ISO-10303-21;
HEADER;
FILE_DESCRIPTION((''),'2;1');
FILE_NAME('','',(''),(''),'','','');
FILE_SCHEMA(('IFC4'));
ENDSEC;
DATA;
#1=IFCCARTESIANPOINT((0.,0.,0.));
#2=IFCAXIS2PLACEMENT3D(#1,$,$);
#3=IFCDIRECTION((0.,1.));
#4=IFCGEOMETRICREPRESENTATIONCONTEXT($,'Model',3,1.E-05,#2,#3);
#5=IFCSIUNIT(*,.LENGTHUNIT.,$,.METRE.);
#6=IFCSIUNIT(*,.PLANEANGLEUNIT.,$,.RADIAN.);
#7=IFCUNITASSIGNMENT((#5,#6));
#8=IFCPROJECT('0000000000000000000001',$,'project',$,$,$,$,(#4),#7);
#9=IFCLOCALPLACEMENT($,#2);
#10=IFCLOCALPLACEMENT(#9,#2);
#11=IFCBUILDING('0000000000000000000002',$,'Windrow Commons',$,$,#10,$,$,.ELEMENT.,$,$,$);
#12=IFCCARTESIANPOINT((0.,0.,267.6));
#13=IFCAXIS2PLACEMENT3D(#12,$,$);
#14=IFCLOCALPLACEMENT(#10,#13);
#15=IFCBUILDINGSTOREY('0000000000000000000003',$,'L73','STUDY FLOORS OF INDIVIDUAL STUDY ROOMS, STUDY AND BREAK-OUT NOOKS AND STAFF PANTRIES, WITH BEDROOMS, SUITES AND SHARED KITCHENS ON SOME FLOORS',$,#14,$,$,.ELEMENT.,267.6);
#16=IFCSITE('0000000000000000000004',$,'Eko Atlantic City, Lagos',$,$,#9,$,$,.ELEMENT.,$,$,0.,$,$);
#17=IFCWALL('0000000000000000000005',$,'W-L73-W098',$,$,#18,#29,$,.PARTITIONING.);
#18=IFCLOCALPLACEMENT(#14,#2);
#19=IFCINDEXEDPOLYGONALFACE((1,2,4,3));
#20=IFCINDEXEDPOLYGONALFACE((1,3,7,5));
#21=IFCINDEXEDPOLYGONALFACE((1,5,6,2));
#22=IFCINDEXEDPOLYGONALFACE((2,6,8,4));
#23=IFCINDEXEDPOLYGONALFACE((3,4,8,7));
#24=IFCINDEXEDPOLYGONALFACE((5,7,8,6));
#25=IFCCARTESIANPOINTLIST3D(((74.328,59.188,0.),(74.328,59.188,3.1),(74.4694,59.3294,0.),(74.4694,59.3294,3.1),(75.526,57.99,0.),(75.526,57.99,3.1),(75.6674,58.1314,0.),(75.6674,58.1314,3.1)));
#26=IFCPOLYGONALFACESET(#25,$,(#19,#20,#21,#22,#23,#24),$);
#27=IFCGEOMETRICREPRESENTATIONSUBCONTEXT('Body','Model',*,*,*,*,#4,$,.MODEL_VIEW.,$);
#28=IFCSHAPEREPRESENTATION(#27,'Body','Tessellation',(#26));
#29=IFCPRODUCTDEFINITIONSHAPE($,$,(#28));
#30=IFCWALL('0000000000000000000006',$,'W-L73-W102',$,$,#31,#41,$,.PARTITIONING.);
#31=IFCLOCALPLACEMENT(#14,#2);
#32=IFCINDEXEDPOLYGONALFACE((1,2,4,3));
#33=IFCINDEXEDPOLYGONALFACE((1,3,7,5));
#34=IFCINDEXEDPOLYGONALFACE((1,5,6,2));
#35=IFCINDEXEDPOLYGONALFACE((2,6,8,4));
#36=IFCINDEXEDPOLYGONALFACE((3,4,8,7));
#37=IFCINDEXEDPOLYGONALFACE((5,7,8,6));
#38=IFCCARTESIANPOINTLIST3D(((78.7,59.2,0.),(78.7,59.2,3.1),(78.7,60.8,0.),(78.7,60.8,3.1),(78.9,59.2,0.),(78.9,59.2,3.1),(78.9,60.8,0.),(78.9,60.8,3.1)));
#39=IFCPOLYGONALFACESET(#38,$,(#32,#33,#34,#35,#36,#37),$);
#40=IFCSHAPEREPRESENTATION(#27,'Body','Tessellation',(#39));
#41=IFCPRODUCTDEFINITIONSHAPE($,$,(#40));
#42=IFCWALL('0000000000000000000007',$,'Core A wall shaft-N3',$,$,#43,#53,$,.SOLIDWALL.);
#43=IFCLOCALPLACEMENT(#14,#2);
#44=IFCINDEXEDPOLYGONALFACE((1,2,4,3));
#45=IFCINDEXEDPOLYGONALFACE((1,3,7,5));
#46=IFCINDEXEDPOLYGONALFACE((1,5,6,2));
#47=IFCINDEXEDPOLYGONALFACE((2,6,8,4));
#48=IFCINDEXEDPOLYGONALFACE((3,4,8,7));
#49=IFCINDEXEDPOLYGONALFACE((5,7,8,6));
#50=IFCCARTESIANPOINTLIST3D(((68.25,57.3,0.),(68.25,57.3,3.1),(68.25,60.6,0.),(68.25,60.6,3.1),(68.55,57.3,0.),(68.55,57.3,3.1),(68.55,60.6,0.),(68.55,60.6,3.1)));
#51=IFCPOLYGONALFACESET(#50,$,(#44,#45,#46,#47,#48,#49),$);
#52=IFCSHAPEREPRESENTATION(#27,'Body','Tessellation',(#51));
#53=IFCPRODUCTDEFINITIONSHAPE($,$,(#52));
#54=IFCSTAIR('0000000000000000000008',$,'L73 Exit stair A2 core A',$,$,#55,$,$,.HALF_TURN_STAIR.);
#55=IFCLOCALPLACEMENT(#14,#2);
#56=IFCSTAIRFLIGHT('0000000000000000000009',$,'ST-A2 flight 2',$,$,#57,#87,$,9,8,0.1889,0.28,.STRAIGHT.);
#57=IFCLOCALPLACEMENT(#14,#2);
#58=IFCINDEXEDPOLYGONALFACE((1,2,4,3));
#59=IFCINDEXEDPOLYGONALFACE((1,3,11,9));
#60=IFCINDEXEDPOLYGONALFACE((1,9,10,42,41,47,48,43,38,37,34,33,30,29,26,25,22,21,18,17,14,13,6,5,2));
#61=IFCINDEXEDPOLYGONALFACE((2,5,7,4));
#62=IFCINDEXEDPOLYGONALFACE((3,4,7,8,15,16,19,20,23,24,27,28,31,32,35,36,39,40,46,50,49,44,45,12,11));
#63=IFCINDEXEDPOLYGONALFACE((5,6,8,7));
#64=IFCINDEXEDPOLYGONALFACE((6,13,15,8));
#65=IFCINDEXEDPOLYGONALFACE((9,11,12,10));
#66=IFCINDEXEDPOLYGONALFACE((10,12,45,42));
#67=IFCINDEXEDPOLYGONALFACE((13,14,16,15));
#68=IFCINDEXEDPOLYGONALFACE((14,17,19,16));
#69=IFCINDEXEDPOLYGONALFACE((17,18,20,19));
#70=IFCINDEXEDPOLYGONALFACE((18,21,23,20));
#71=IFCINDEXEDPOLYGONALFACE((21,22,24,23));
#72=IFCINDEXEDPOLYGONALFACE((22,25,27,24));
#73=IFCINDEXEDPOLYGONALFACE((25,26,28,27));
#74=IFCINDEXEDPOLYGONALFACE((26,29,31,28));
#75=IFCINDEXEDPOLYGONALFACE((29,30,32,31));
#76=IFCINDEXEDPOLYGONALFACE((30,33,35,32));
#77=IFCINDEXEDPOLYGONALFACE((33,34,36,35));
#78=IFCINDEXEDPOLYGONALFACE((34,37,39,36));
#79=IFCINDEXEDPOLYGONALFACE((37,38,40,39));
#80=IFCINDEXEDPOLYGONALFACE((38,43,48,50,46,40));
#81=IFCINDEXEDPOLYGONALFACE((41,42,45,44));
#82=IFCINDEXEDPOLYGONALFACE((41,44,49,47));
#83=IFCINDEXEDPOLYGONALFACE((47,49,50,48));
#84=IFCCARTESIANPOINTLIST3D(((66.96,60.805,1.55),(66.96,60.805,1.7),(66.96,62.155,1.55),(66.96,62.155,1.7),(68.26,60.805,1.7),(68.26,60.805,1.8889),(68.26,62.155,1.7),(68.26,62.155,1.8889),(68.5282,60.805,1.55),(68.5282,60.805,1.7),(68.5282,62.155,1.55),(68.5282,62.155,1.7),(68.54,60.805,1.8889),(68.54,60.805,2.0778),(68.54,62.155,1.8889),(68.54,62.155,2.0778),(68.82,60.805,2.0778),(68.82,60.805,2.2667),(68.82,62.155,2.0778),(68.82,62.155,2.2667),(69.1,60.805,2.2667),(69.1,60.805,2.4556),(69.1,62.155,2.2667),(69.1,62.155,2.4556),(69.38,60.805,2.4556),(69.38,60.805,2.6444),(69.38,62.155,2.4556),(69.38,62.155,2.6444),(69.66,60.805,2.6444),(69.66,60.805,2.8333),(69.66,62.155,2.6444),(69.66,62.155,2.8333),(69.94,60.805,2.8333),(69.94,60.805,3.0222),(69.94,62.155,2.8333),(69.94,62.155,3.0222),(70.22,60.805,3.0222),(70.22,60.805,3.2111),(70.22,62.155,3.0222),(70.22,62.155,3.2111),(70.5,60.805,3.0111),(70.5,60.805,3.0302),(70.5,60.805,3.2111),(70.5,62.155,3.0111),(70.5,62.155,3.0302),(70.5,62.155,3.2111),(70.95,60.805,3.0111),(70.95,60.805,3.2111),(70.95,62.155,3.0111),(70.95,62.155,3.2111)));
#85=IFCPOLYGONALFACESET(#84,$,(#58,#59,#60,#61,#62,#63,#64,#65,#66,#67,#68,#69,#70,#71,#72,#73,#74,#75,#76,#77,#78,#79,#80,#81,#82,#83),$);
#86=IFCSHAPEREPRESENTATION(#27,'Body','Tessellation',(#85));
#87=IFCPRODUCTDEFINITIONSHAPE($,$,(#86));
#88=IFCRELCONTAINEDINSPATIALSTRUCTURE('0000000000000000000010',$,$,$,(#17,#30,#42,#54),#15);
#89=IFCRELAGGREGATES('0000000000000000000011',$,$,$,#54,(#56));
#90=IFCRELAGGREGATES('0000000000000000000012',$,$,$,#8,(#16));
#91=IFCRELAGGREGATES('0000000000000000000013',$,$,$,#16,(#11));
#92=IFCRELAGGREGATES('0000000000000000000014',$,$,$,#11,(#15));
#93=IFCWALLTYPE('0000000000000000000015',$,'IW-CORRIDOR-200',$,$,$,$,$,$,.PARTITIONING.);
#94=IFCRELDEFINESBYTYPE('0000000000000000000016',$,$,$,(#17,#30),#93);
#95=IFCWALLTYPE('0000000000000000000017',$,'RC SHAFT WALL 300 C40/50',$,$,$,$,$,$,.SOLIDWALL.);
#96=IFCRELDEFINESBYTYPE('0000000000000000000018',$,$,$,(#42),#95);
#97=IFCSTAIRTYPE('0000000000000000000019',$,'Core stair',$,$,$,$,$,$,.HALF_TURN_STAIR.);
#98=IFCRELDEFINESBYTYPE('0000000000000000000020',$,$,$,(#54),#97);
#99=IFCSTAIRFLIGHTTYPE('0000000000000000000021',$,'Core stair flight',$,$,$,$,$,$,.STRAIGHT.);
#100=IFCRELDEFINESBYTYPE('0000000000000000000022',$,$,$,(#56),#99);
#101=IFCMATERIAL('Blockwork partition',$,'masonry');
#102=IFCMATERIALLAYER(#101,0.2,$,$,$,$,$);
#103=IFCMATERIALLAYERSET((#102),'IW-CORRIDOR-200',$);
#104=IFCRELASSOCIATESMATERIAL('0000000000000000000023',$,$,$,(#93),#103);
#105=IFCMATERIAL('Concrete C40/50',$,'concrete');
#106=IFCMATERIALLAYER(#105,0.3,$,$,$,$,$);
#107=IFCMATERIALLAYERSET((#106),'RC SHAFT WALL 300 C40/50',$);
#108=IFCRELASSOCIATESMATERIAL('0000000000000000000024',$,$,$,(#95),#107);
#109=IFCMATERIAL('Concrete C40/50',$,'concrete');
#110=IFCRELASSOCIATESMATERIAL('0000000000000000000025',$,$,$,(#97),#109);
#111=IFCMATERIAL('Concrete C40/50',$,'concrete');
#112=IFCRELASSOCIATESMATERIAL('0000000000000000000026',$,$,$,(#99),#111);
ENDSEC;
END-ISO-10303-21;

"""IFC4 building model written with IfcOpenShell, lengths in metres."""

from ifc_helpers import new_model, si_unit, direction, frame, frame_2d, origin, place, context, subcontext, project, spatial, polyline, rectangle, outline, extrude, material, layer, layer_set, type_object, element, aggregate, save


model = new_model("IFC4")

# Units and contexts
model_context = context("Model", 3, precision=1e-05, world=origin(), true_north=direction((0.0, 1.0)))
body_context = subcontext(model_context, "Body", "Model", "MODEL_VIEW")
ifc_project = project(units=[si_unit("LENGTHUNIT", "METRE"), si_unit("PLANEANGLEUNIT", "RADIAN")], contexts=[model_context])

# Site, building, storey
site_placement = place(None, origin())
site = spatial("IfcSite", under=ifc_project, at=site_placement, Name="Eko Atlantic City, Lagos", CompositionType="ELEMENT", RefElevation=0.0)
building_placement = place(site_placement, origin())
building = spatial("IfcBuilding", under=site, at=building_placement, Name="Windrow Commons", CompositionType="ELEMENT")
storey_placement = place(building_placement, frame((0.0, 0.0, 267.6)))
storey = spatial("IfcBuildingStorey", under=building, at=storey_placement, Name="L73", Description="STUDY FLOORS OF INDIVIDUAL STUDY ROOMS, STUDY AND BREAK-OUT NOOKS AND STAFF PANTRIES, WITH BEDROOMS, SUITES AND SHARED KITCHENS ON SOME FLOORS", CompositionType="ELEMENT", Elevation=267.6)

# Shared definitions
ifc_material_1 = material(Name="Blockwork partition", Category="masonry")
ifc_layer_1 = layer(ifc_material_1, 0.2)
ifc_layer_set_1 = layer_set([ifc_layer_1], Name="IW-CORRIDOR-200")
wall_type_1 = type_object("IfcWallType", Name="IW-CORRIDOR-200", PredefinedType="PARTITIONING", material=ifc_layer_set_1)

# Walls
wall_1_placement = place(storey_placement, frame((74.3987, 59.2587, 0.0), z_axis=(0.0, 0.0, 1.0), x_axis=(0.707107, -0.707107, 0.0)))
element("IfcWall", 1, at=wall_1_placement, inside=storey, type_object=wall_type_1, Name="W-L73-W098", PredefinedType="PARTITIONING", context=body_context, shape_type="SweptSolid", body=[
    extrude(rectangle(XDim=1.6942, YDim=0.2, at=frame_2d((0.8471, 0.0))), origin(), (0.0, 0.0, 1.0), 3.1),
])
wall_2_placement = place(storey_placement, frame((78.8, 59.2, 0.0), z_axis=(0.0, 0.0, 1.0), x_axis=(0.0, 1.0, 0.0)))
element("IfcWall", 2, at=wall_2_placement, inside=storey, type_object=wall_type_1, Name="W-L73-W102", PredefinedType="PARTITIONING", context=body_context, shape_type="SweptSolid", body=[
    extrude(rectangle(XDim=1.6, YDim=0.2, at=frame_2d((0.8, 0.0))), origin(), (0.0, 0.0, 1.0), 3.1),
])
ifc_material_2 = material(Name="Concrete C40/50", Category="concrete")
ifc_layer_2 = layer(ifc_material_2, 0.3)
ifc_layer_set_2 = layer_set([ifc_layer_2], Name="RC SHAFT WALL 300 C40/50")
wall_type_2 = type_object("IfcWallType", Name="RC SHAFT WALL 300 C40/50", PredefinedType="SOLIDWALL", material=ifc_layer_set_2)
wall_3_placement = place(storey_placement, frame((68.4, 57.3, 0.0), z_axis=(0.0, 0.0, 1.0), x_axis=(0.0, 1.0, 0.0)))
element("IfcWall", 3, at=wall_3_placement, inside=storey, type_object=wall_type_2, Name="Core A wall shaft-N3", PredefinedType="SOLIDWALL", context=body_context, shape_type="SweptSolid", body=[
    extrude(rectangle(XDim=3.3, YDim=0.3, at=frame_2d((1.65, 0.0))), origin(), (0.0, 0.0, 1.0), 3.1),
])

# Stair, stair flight
ifc_material_3 = material(Name="Concrete C40/50", Category="concrete")
stair_type = type_object("IfcStairType", Name="Core stair", PredefinedType="HALF_TURN_STAIR", material=ifc_material_3)
stair_placement = place(storey_placement, origin())
stair = element("IfcStair", 4, at=stair_placement, inside=storey, type_object=stair_type, Name="L73 Exit stair A2 core A", PredefinedType="HALF_TURN_STAIR")
ifc_material_4 = material(Name="Concrete C40/50", Category="concrete")
stair_flight_type = type_object("IfcStairFlightType", Name="Core stair flight", PredefinedType="STRAIGHT", material=ifc_material_4)
stair_flight_placement = place(storey_placement, frame((68.26, 61.48, 1.7), z_axis=(0.0, 0.0, 1.0), x_axis=(1.0, 0.0, 0.0)))
stair_flight = element("IfcStairFlight", 5, at=stair_flight_placement, type_object=stair_flight_type, Name="ST-A2 flight 2", NumberOfRisers=9, NumberOfTreads=8, PredefinedType="STRAIGHT", RiserHeight=0.1889, TreadLength=0.28, context=body_context, shape_type="SweptSolid", body=[
    extrude(outline(polyline([(-1.3, -0.15), (-1.3, 0.0), (0.0, 0.0), (0.0, 0.1889), (0.28, 0.1889), (0.28, 0.3778), (0.56, 0.3778), (0.56, 0.5667), (0.84, 0.5667), (0.84, 0.7556), (1.12, 0.7556), (1.12, 0.9444), (1.4, 0.9444), (1.4, 1.1333), (1.68, 1.1333), (1.68, 1.3222), (1.96, 1.3222), (1.96, 1.5111), (2.24, 1.5111), (2.69, 1.5111), (2.69, 1.3111), (2.24, 1.3111), (2.24, 1.3302), (0.2682, 0.0), (0.2682, -0.15), (-1.3, -0.15)])), frame((0.0, 0.675, 0.0), z_axis=(0.0, -1.0, 0.0), x_axis=(1.0, 0.0, 0.0)), (0.0, 0.0, 1.0), 1.35),
])
aggregate(stair, [stair_flight])

save(model, "model.ifc")
